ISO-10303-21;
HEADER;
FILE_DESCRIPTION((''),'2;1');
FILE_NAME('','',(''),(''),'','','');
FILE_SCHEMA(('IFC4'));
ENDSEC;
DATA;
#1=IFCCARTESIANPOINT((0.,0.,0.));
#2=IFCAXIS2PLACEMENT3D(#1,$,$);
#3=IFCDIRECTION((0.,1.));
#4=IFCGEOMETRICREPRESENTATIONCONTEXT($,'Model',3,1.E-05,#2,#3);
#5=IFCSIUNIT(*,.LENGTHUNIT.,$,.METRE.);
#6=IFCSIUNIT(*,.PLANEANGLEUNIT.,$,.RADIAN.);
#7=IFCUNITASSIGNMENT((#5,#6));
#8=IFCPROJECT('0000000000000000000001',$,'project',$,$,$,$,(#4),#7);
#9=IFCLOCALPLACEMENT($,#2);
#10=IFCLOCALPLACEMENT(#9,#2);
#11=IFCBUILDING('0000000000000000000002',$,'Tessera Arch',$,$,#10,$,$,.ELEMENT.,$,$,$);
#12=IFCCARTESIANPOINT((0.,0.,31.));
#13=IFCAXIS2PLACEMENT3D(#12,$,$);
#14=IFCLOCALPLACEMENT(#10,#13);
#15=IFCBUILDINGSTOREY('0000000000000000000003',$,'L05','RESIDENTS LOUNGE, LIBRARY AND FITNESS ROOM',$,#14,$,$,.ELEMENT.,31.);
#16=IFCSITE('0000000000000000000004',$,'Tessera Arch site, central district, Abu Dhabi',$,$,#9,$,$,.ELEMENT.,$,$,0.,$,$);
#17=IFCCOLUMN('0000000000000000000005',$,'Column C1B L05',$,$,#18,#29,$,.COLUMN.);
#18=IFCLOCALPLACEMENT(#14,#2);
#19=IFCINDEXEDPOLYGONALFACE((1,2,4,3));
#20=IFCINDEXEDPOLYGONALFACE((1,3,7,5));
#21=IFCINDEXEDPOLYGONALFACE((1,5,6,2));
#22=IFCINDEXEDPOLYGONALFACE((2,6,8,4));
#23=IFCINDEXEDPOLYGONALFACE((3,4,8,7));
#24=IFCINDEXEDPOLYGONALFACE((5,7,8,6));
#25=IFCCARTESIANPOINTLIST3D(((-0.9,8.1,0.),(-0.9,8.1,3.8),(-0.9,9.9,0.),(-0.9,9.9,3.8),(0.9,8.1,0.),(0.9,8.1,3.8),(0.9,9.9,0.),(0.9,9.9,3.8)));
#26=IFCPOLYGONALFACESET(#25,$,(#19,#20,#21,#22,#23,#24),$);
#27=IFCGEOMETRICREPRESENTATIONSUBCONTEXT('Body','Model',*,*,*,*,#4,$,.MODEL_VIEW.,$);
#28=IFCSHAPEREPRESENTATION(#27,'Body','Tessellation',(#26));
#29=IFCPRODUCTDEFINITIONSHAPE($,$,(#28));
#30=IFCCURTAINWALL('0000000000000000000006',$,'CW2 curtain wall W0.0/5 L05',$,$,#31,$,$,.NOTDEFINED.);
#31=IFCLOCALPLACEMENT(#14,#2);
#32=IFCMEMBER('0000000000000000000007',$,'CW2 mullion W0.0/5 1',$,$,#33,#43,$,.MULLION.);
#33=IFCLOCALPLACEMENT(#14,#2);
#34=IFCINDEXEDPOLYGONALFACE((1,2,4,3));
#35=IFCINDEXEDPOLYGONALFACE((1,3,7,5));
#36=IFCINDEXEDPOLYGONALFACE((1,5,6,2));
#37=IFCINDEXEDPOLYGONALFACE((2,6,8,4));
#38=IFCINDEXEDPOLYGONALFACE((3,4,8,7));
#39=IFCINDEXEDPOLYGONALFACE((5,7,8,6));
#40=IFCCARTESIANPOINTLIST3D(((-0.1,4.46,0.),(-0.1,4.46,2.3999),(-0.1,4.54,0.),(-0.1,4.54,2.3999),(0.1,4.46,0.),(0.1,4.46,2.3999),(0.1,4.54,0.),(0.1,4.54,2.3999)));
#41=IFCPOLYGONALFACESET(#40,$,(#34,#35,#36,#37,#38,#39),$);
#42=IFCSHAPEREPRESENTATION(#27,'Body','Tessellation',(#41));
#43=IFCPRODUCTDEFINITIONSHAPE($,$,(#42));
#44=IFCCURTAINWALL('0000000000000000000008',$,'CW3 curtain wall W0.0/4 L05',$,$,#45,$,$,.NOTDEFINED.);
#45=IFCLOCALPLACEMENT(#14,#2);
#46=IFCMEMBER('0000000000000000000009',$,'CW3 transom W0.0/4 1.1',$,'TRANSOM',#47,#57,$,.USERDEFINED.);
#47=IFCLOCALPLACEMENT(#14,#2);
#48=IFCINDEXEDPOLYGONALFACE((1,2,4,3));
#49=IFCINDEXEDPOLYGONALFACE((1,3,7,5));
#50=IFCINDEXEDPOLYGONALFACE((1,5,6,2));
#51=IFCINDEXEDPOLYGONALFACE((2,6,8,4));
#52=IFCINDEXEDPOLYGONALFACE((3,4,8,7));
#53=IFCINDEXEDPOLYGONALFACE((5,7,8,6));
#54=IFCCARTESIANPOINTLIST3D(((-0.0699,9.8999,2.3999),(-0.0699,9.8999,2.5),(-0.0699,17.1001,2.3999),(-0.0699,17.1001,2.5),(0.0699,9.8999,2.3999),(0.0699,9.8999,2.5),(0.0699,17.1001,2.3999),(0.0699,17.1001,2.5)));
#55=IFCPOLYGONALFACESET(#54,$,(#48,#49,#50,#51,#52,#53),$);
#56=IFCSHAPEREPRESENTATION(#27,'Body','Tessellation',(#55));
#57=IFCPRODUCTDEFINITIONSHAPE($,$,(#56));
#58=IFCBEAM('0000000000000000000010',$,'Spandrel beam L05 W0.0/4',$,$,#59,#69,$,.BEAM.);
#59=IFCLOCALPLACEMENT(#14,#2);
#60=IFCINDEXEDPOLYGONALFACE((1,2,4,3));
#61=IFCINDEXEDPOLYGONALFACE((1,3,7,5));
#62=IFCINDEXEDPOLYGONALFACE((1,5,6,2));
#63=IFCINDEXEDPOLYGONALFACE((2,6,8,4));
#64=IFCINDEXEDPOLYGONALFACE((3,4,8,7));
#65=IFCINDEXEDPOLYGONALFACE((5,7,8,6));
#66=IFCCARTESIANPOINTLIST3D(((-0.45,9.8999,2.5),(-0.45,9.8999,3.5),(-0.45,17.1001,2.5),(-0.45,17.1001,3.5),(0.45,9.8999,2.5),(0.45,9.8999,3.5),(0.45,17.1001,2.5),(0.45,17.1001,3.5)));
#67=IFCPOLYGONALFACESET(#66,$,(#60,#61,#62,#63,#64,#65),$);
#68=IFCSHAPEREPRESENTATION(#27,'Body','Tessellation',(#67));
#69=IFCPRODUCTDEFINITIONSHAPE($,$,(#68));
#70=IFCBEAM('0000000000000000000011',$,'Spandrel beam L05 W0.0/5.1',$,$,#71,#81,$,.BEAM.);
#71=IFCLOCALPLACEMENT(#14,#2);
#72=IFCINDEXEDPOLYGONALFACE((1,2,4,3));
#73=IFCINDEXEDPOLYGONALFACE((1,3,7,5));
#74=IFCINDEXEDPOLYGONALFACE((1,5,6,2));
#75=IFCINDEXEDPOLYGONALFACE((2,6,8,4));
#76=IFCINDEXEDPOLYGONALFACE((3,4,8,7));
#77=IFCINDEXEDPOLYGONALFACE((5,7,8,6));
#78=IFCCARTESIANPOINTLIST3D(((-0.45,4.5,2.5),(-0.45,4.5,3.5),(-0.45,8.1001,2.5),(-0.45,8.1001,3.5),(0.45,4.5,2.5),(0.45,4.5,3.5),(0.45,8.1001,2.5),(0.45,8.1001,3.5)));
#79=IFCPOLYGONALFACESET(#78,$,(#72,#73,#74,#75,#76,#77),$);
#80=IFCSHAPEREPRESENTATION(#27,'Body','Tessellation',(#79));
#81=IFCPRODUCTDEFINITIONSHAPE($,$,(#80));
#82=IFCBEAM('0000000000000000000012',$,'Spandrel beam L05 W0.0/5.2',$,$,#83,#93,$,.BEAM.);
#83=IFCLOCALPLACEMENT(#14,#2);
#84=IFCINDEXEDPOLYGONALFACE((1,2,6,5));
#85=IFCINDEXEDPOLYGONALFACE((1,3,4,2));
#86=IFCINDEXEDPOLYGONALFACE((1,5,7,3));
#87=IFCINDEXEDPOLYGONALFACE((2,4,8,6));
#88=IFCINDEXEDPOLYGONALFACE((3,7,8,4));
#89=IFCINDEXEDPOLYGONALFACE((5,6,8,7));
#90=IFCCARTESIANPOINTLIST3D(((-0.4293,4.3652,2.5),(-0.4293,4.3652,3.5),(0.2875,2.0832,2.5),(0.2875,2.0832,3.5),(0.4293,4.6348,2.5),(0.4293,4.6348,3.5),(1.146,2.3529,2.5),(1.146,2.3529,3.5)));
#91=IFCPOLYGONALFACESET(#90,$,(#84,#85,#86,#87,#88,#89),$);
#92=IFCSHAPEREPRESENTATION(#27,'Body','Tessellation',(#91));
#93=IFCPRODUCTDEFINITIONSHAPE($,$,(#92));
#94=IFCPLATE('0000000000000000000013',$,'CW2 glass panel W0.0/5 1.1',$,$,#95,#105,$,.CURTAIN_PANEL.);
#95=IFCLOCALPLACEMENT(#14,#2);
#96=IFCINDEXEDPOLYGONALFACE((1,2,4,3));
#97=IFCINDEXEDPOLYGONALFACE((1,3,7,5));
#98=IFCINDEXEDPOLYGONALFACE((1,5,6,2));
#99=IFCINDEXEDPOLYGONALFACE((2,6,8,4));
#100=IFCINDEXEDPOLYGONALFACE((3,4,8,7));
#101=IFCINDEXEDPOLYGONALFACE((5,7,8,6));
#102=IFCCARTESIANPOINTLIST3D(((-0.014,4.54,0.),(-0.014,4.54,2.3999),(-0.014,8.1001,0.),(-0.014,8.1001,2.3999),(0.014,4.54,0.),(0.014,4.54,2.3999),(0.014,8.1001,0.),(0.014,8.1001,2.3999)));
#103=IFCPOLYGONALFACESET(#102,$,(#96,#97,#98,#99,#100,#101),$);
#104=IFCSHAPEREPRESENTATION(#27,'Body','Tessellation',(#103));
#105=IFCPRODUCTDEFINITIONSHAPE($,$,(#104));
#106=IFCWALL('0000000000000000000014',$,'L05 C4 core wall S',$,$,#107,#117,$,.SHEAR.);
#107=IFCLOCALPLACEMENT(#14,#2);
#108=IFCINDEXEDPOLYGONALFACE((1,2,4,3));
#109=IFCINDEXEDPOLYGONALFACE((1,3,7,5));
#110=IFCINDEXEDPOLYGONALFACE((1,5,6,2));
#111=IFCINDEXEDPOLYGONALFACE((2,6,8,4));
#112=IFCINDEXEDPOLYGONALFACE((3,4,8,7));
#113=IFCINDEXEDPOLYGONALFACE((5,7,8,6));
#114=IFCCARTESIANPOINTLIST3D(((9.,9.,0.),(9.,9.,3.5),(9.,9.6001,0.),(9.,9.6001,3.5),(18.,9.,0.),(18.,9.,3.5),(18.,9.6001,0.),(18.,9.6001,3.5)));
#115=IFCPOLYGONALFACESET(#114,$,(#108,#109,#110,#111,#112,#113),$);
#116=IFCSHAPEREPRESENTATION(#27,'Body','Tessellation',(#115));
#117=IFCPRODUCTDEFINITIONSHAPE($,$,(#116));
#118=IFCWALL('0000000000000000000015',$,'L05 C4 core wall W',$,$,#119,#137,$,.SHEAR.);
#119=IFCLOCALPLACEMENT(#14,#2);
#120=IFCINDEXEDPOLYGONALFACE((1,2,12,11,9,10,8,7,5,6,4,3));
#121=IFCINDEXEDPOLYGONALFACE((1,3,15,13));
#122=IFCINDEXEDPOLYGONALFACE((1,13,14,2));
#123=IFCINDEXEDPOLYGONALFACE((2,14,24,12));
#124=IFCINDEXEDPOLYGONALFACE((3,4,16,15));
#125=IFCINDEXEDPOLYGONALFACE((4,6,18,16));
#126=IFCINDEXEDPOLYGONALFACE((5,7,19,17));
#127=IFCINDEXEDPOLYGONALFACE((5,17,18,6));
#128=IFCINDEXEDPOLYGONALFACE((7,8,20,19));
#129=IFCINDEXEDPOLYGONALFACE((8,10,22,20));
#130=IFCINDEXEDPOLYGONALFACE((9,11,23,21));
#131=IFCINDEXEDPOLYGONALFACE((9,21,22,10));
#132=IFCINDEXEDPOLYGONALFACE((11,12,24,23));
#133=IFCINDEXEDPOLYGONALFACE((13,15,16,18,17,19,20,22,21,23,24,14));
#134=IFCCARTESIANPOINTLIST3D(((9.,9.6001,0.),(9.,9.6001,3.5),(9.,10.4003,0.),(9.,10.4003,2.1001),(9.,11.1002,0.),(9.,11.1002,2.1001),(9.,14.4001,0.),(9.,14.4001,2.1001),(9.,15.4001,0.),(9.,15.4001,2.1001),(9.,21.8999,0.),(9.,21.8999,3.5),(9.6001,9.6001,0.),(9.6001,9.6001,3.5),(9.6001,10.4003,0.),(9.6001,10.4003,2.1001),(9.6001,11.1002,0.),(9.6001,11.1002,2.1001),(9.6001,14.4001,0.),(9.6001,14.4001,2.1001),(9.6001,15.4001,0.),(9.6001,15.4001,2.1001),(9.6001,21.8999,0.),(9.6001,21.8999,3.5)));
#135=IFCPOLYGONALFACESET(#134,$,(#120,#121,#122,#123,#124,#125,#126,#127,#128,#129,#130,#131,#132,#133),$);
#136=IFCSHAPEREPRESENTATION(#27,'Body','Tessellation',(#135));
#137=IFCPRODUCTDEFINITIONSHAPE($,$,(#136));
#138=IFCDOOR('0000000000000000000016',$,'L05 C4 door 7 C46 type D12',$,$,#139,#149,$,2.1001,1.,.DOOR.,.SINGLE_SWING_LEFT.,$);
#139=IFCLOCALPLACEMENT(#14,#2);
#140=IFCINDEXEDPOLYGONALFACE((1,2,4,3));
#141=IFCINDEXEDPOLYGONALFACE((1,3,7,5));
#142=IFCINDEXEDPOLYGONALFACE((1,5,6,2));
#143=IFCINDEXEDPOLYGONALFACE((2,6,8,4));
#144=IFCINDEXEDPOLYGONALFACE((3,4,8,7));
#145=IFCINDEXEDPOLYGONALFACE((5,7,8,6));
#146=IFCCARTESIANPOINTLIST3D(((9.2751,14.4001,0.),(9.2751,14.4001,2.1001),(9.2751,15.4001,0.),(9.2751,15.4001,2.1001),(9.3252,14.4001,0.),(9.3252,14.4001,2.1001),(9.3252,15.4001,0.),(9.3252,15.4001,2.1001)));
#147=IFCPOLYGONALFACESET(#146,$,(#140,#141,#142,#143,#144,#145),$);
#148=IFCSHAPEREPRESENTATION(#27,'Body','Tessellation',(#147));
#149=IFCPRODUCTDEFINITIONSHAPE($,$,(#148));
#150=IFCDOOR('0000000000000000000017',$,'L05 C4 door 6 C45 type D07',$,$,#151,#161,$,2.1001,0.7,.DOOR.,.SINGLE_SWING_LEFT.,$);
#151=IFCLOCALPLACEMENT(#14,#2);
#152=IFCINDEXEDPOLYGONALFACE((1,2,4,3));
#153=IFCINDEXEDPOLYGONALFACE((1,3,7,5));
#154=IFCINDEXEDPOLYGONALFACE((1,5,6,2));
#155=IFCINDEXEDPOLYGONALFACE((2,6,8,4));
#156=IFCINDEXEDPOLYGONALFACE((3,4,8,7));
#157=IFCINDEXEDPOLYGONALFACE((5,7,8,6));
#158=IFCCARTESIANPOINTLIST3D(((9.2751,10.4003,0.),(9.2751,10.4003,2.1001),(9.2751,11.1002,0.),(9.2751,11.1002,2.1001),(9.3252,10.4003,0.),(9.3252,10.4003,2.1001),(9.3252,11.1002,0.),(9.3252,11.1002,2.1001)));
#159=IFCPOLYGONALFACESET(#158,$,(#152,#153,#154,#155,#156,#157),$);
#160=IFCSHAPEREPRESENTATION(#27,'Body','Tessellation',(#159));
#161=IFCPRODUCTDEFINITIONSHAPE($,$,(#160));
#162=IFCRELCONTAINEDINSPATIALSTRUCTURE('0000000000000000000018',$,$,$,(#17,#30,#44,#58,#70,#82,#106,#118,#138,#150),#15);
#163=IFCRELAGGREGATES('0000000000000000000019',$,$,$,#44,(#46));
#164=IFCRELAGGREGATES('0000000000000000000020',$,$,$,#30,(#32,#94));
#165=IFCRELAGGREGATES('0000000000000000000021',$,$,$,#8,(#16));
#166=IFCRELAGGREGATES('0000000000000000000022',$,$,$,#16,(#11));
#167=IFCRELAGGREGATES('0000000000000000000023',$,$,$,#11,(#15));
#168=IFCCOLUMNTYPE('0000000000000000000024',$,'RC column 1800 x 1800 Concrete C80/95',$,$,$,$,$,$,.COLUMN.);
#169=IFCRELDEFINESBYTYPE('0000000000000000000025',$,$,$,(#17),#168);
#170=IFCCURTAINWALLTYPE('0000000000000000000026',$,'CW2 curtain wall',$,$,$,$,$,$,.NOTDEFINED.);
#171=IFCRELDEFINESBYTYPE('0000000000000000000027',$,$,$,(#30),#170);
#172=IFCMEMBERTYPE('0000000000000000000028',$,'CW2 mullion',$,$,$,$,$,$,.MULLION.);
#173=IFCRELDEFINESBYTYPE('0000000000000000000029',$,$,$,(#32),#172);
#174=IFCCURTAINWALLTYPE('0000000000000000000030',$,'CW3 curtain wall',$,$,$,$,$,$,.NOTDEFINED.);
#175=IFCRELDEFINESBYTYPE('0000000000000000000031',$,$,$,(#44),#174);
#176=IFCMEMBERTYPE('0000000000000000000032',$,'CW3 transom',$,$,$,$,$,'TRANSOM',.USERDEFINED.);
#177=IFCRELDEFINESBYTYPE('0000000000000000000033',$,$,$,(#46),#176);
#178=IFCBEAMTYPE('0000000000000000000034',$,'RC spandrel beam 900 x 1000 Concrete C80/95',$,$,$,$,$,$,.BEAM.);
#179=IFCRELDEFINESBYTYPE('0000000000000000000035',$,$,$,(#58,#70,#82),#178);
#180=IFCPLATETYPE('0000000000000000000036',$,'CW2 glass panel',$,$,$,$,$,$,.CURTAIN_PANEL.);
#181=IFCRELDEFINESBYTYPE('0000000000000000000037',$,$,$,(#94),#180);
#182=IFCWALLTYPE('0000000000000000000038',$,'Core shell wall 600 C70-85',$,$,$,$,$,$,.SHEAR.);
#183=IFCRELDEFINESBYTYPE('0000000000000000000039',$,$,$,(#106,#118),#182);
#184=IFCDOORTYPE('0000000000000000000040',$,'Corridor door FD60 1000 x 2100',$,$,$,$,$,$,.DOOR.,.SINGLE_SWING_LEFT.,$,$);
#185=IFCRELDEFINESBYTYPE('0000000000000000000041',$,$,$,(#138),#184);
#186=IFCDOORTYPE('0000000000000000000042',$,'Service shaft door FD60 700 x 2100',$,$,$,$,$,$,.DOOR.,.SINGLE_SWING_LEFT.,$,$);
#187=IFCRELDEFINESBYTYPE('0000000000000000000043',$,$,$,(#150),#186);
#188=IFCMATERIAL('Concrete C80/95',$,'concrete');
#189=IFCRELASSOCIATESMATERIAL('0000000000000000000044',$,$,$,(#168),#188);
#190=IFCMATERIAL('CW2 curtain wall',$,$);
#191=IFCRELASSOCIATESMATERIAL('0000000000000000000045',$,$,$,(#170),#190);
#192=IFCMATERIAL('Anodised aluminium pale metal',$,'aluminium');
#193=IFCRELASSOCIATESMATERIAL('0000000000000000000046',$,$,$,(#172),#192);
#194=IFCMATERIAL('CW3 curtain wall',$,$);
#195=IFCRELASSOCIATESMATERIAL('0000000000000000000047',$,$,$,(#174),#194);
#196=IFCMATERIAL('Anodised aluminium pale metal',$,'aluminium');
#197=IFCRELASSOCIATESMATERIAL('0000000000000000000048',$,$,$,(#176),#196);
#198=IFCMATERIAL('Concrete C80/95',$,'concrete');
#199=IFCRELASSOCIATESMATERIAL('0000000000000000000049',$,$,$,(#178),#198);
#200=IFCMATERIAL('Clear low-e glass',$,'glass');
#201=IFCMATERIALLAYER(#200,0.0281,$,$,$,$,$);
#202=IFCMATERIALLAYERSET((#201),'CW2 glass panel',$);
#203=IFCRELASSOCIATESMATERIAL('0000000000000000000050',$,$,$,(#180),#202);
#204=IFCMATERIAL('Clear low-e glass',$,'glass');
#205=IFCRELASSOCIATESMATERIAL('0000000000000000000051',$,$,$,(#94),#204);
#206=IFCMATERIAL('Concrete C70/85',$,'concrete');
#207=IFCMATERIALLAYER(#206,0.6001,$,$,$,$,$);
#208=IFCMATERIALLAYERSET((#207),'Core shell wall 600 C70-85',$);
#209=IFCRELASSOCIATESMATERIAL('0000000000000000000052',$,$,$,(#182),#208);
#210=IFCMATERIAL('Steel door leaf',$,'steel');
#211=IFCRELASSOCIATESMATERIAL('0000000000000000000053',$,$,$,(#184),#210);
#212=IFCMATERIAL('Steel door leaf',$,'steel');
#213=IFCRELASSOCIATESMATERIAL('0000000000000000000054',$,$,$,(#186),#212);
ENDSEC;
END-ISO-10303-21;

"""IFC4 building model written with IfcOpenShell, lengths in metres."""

from ifc_helpers import new_model, si_unit, direction, frame, frame_2d, origin, origin_2d, place, context, subcontext, project, spatial, rectangle, extrude, material, layer, layer_set, material_profile, profile_set, type_object, element, fill, aggregate, save


model = new_model("IFC4")

# Units and contexts
model_context = context("Model", 3, precision=1e-05, world=origin(), true_north=direction((0.0, 1.0)))
body_context = subcontext(model_context, "Body", "Model", "MODEL_VIEW")
ifc_project = project(units=[si_unit("LENGTHUNIT", "METRE"), si_unit("PLANEANGLEUNIT", "RADIAN")], contexts=[model_context])

# Site, building, storey
site_placement = place(None, origin())
site = spatial("IfcSite", under=ifc_project, at=site_placement, Name="Tessera Arch site, central district, Abu Dhabi", CompositionType="ELEMENT", RefElevation=0.0)
building_placement = place(site_placement, origin())
building = spatial("IfcBuilding", under=site, at=building_placement, Name="Tessera Arch", CompositionType="ELEMENT")
storey_placement = place(building_placement, frame((0.0, 0.0, 31.0)))
storey = spatial("IfcBuildingStorey", under=building, at=storey_placement, Name="L05", Description="RESIDENTS LOUNGE, LIBRARY AND FITNESS ROOM", CompositionType="ELEMENT", Elevation=31.0)

# Column
ifc_material_1 = material(Name="Concrete C80/95", Category="concrete")
ifc_material_profile_1 = material_profile(ifc_material_1, rectangle(XDim=1.8, YDim=1.8, at=origin_2d()), Name="RC column 1800 x 1800 Concrete C80/95")
ifc_profile_set_1 = profile_set([ifc_material_profile_1], Name="Concrete C80/95")
column_type = type_object("IfcColumnType", Name="RC column 1800 x 1800 Concrete C80/95", PredefinedType="COLUMN", material=ifc_profile_set_1)
column_placement = place(storey_placement, frame((0.0, 9.0, 0.0), z_axis=(0.0, 0.0, 1.0), x_axis=(1.0, 0.0, 0.0)))
element("IfcColumn", 1, at=column_placement, inside=storey, type_object=column_type, Name="Column C1B L05", PredefinedType="COLUMN", context=body_context, shape_type="SweptSolid", body=[
    extrude(rectangle(XDim=1.8, YDim=1.8, at=origin_2d()), origin(), (0.0, 0.0, 1.0), 3.8),
])

# Curtain walls, members
ifc_material_2 = material(Name="CW2 curtain wall")
curtain_wall_type_1 = type_object("IfcCurtainWallType", Name="CW2 curtain wall", PredefinedType="NOTDEFINED", material=ifc_material_2)
curtain_wall_1_placement = place(storey_placement, origin())
curtain_wall_1 = element("IfcCurtainWall", 2, at=curtain_wall_1_placement, inside=storey, type_object=curtain_wall_type_1, Name="CW2 curtain wall W0.0/5 L05", PredefinedType="NOTDEFINED")
ifc_material_3 = material(Name="Anodised aluminium pale metal", Category="aluminium")
ifc_material_profile_2 = material_profile(ifc_material_3, rectangle(XDim=0.2, YDim=0.0801, at=origin_2d()), Name="AL 80x200")
ifc_profile_set_2 = profile_set([ifc_material_profile_2], Name="Anodised aluminium pale metal")
member_type_1 = type_object("IfcMemberType", Name="CW2 mullion", PredefinedType="MULLION", material=ifc_profile_set_2)
member_1_placement = place(storey_placement, frame((0.0, 4.5, 0.0), z_axis=(0.0, 0.0, 1.0), x_axis=(1.0, 0.0, 0.0)))
member_1 = element("IfcMember", 3, at=member_1_placement, type_object=member_type_1, Name="CW2 mullion W0.0/5 1", PredefinedType="MULLION", context=body_context, shape_type="SweptSolid", body=[
    extrude(rectangle(XDim=0.2, YDim=0.0801, at=origin_2d()), origin(), (0.0, 0.0, 1.0), 2.3999),
])
ifc_material_4 = material(Name="CW3 curtain wall")
curtain_wall_type_2 = type_object("IfcCurtainWallType", Name="CW3 curtain wall", PredefinedType="NOTDEFINED", material=ifc_material_4)
curtain_wall_2_placement = place(storey_placement, origin())
curtain_wall_2 = element("IfcCurtainWall", 4, at=curtain_wall_2_placement, inside=storey, type_object=curtain_wall_type_2, Name="CW3 curtain wall W0.0/4 L05", PredefinedType="NOTDEFINED")
ifc_material_5 = material(Name="Anodised aluminium pale metal", Category="aluminium")
ifc_material_profile_3 = material_profile(ifc_material_5, rectangle(XDim=0.1399, YDim=0.1001, at=origin_2d()), Name="AL 140x100")
ifc_profile_set_3 = profile_set([ifc_material_profile_3], Name="Anodised aluminium pale metal")
member_type_2 = type_object("IfcMemberType", Name="CW3 transom", ElementType="TRANSOM", PredefinedType="USERDEFINED", material=ifc_profile_set_3)
member_2_placement = place(storey_placement, frame((0.0, 17.1001, 2.45), z_axis=(0.0, -1.0, 0.0), x_axis=(1.0, 0.0, 0.0)))
member_2 = element("IfcMember", 5, at=member_2_placement, type_object=member_type_2, Name="CW3 transom W0.0/4 1.1", ObjectType="TRANSOM", PredefinedType="USERDEFINED", context=body_context, shape_type="SweptSolid", body=[
    extrude(rectangle(XDim=0.1399, YDim=0.1001, at=origin_2d()), origin(), (0.0, 0.0, 1.0), 7.2002),
])
aggregate(curtain_wall_2, [member_2])

# Beams
ifc_material_6 = material(Name="Concrete C80/95", Category="concrete")
ifc_material_profile_4 = material_profile(ifc_material_6, rectangle(XDim=0.8999, YDim=1.0, at=origin_2d()), Name="RC spandrel beam 900 x 1000 Concrete C80/95")
ifc_profile_set_4 = profile_set([ifc_material_profile_4], Name="Concrete C80/95")
beam_type = type_object("IfcBeamType", Name="RC spandrel beam 900 x 1000 Concrete C80/95", PredefinedType="BEAM", material=ifc_profile_set_4)
beam_1_placement = place(storey_placement, frame((0.0, 17.1001, 3.0), z_axis=(0.0, -1.0, 0.0), x_axis=(1.0, 0.0, 0.0)))
element("IfcBeam", 6, at=beam_1_placement, inside=storey, type_object=beam_type, Name="Spandrel beam L05 W0.0/4", PredefinedType="BEAM", context=body_context, shape_type="SweptSolid", body=[
    extrude(rectangle(XDim=0.8999, YDim=1.0, at=origin_2d()), origin(), (0.0, 0.0, 1.0), 7.2002),
])
beam_2_placement = place(storey_placement, frame((0.0, 8.1001, 3.0), z_axis=(0.0, -1.0, 0.0), x_axis=(1.0, 0.0, 0.0)))
element("IfcBeam", 7, at=beam_2_placement, inside=storey, type_object=beam_type, Name="Spandrel beam L05 W0.0/5.1", PredefinedType="BEAM", context=body_context, shape_type="SweptSolid", body=[
    extrude(rectangle(XDim=0.8999, YDim=1.0, at=origin_2d()), origin(), (0.0, 0.0, 1.0), 3.6001),
])
beam_3_placement = place(storey_placement, frame((0.0, 4.5, 3.0), z_axis=(0.299675, -0.954041, 0.0), x_axis=(0.954041, 0.299675, 0.0)))
element("IfcBeam", 8, at=beam_3_placement, inside=storey, type_object=beam_type, Name="Spandrel beam L05 W0.0/5.2", PredefinedType="BEAM", context=body_context, shape_type="SweptSolid", body=[
    extrude(rectangle(XDim=0.8999, YDim=1.0, at=origin_2d()), origin(), (0.0, 0.0, 1.0), 2.3918),
])

# Plate
ifc_material_7 = material(Name="Clear low-e glass", Category="glass")
ifc_material_8 = material(Name="Clear low-e glass", Category="glass")
ifc_layer_1 = layer(ifc_material_8, 0.0281)
ifc_layer_set_1 = layer_set([ifc_layer_1], Name="CW2 glass panel")
plate_type = type_object("IfcPlateType", Name="CW2 glass panel", PredefinedType="CURTAIN_PANEL", material=ifc_layer_set_1)
plate_placement = place(storey_placement, frame((0.0, 6.3201, 0.0), z_axis=(0.0, 0.0, 1.0), x_axis=(0.0, -1.0, 0.0)))
plate = element("IfcPlate", 9, at=plate_placement, type_object=plate_type, material=ifc_material_7, Name="CW2 glass panel W0.0/5 1.1", PredefinedType="CURTAIN_PANEL", context=body_context, shape_type="SweptSolid", body=[
    extrude(rectangle(XDim=3.5601, YDim=0.0281, at=origin_2d()), origin(), (0.0, 0.0, 1.0), 2.3999),
])
aggregate(curtain_wall_1, [member_1, plate])

# Wall
ifc_material_9 = material(Name="Concrete C70/85", Category="concrete")
ifc_layer_2 = layer(ifc_material_9, 0.6001)
ifc_layer_set_2 = layer_set([ifc_layer_2], Name="Core shell wall 600 C70-85")
wall_type_1 = type_object("IfcWallType", Name="Core shell wall 600 C70-85", PredefinedType="SHEAR", material=ifc_layer_set_2)
wall_1_placement = place(storey_placement, frame((9.0, 9.3, 0.0), z_axis=(0.0, 0.0, 1.0), x_axis=(1.0, 0.0, 0.0)))
element("IfcWall", 10, at=wall_1_placement, inside=storey, type_object=wall_type_1, Name="L05 C4 core wall S", PredefinedType="SHEAR", context=body_context, shape_type="SweptSolid", body=[
    extrude(rectangle(XDim=9.0, YDim=0.6001, at=frame_2d((4.5, 0.0))), origin(), (0.0, 0.0, 1.0), 3.5),
])

# Wall, openings, doors
wall_2_placement = place(storey_placement, frame((9.3, 9.6001, 0.0), z_axis=(0.0, 0.0, 1.0), x_axis=(0.0, 1.0, 0.0)))
wall_2 = element("IfcWall", 11, at=wall_2_placement, inside=storey, type_object=wall_type_1, Name="L05 C4 core wall W", PredefinedType="SHEAR", context=body_context, shape_type="SweptSolid", body=[
    extrude(rectangle(XDim=12.2998, YDim=0.6001, at=frame_2d((6.1499, 0.0))), origin(), (0.0, 0.0, 1.0), 3.5),
])
opening_1_placement = place(wall_2_placement, frame((0.8, 0.0, 0.0)))
opening_1 = element("IfcOpeningElement", 12, at=opening_1_placement, cuts=wall_2, PredefinedType="OPENING", context=body_context, shape_type="SweptSolid", body=[
    extrude(rectangle(XDim=0.7, YDim=2.1001, at=frame_2d((0.3501, 1.05))), frame((0.0, 0.3101, 0.0), z_axis=(0.0, -1.0, 0.0), x_axis=(1.0, 0.0, 0.0)), (0.0, 0.0, 1.0), 0.6201),
])
opening_2_placement = place(wall_2_placement, frame((4.8, 0.0, 0.0)))
opening_2 = element("IfcOpeningElement", 13, at=opening_2_placement, cuts=wall_2, PredefinedType="OPENING", context=body_context, shape_type="SweptSolid", body=[
    extrude(rectangle(XDim=1.0, YDim=2.1001, at=frame_2d((0.5, 1.05))), frame((0.0, 0.3101, 0.0), z_axis=(0.0, -1.0, 0.0), x_axis=(1.0, 0.0, 0.0)), (0.0, 0.0, 1.0), 0.6201),
])
ifc_material_10 = material(Name="Steel door leaf", Category="steel")
door_type_1 = type_object("IfcDoorType", Name="Corridor door FD60 1000 x 2100", OperationType="SINGLE_SWING_LEFT", PredefinedType="DOOR", material=ifc_material_10)
door_1_placement = place(opening_2_placement, origin())
door_1 = element("IfcDoor", 14, at=door_1_placement, inside=storey, type_object=door_type_1, Name="L05 C4 door 7 C46 type D12", OperationType="SINGLE_SWING_LEFT", OverallHeight=2.1001, OverallWidth=1.0, PredefinedType="DOOR", context=body_context, shape_type="SweptSolid", body=[
    extrude(rectangle(XDim=1.0, YDim=2.1001, at=frame_2d((0.5, 1.05))), frame((0.0, 0.0249, 0.0), z_axis=(0.0, -1.0, 0.0), x_axis=(1.0, 0.0, 0.0)), (0.0, 0.0, 1.0), 0.05),
])
fill(opening_2, door_1)
ifc_material_11 = material(Name="Steel door leaf", Category="steel")
door_type_2 = type_object("IfcDoorType", Name="Service shaft door FD60 700 x 2100", OperationType="SINGLE_SWING_LEFT", PredefinedType="DOOR", material=ifc_material_11)
door_2_placement = place(opening_1_placement, origin())
door_2 = element("IfcDoor", 15, at=door_2_placement, inside=storey, type_object=door_type_2, Name="L05 C4 door 6 C45 type D07", OperationType="SINGLE_SWING_LEFT", OverallHeight=2.1001, OverallWidth=0.7, PredefinedType="DOOR", context=body_context, shape_type="SweptSolid", body=[
    extrude(rectangle(XDim=0.7, YDim=2.1001, at=frame_2d((0.3501, 1.05))), frame((0.0, 0.0249, 0.0), z_axis=(0.0, -1.0, 0.0), x_axis=(1.0, 0.0, 0.0)), (0.0, 0.0, 1.0), 0.05),
])
fill(opening_1, door_2)

save(model, "model.ifc")
